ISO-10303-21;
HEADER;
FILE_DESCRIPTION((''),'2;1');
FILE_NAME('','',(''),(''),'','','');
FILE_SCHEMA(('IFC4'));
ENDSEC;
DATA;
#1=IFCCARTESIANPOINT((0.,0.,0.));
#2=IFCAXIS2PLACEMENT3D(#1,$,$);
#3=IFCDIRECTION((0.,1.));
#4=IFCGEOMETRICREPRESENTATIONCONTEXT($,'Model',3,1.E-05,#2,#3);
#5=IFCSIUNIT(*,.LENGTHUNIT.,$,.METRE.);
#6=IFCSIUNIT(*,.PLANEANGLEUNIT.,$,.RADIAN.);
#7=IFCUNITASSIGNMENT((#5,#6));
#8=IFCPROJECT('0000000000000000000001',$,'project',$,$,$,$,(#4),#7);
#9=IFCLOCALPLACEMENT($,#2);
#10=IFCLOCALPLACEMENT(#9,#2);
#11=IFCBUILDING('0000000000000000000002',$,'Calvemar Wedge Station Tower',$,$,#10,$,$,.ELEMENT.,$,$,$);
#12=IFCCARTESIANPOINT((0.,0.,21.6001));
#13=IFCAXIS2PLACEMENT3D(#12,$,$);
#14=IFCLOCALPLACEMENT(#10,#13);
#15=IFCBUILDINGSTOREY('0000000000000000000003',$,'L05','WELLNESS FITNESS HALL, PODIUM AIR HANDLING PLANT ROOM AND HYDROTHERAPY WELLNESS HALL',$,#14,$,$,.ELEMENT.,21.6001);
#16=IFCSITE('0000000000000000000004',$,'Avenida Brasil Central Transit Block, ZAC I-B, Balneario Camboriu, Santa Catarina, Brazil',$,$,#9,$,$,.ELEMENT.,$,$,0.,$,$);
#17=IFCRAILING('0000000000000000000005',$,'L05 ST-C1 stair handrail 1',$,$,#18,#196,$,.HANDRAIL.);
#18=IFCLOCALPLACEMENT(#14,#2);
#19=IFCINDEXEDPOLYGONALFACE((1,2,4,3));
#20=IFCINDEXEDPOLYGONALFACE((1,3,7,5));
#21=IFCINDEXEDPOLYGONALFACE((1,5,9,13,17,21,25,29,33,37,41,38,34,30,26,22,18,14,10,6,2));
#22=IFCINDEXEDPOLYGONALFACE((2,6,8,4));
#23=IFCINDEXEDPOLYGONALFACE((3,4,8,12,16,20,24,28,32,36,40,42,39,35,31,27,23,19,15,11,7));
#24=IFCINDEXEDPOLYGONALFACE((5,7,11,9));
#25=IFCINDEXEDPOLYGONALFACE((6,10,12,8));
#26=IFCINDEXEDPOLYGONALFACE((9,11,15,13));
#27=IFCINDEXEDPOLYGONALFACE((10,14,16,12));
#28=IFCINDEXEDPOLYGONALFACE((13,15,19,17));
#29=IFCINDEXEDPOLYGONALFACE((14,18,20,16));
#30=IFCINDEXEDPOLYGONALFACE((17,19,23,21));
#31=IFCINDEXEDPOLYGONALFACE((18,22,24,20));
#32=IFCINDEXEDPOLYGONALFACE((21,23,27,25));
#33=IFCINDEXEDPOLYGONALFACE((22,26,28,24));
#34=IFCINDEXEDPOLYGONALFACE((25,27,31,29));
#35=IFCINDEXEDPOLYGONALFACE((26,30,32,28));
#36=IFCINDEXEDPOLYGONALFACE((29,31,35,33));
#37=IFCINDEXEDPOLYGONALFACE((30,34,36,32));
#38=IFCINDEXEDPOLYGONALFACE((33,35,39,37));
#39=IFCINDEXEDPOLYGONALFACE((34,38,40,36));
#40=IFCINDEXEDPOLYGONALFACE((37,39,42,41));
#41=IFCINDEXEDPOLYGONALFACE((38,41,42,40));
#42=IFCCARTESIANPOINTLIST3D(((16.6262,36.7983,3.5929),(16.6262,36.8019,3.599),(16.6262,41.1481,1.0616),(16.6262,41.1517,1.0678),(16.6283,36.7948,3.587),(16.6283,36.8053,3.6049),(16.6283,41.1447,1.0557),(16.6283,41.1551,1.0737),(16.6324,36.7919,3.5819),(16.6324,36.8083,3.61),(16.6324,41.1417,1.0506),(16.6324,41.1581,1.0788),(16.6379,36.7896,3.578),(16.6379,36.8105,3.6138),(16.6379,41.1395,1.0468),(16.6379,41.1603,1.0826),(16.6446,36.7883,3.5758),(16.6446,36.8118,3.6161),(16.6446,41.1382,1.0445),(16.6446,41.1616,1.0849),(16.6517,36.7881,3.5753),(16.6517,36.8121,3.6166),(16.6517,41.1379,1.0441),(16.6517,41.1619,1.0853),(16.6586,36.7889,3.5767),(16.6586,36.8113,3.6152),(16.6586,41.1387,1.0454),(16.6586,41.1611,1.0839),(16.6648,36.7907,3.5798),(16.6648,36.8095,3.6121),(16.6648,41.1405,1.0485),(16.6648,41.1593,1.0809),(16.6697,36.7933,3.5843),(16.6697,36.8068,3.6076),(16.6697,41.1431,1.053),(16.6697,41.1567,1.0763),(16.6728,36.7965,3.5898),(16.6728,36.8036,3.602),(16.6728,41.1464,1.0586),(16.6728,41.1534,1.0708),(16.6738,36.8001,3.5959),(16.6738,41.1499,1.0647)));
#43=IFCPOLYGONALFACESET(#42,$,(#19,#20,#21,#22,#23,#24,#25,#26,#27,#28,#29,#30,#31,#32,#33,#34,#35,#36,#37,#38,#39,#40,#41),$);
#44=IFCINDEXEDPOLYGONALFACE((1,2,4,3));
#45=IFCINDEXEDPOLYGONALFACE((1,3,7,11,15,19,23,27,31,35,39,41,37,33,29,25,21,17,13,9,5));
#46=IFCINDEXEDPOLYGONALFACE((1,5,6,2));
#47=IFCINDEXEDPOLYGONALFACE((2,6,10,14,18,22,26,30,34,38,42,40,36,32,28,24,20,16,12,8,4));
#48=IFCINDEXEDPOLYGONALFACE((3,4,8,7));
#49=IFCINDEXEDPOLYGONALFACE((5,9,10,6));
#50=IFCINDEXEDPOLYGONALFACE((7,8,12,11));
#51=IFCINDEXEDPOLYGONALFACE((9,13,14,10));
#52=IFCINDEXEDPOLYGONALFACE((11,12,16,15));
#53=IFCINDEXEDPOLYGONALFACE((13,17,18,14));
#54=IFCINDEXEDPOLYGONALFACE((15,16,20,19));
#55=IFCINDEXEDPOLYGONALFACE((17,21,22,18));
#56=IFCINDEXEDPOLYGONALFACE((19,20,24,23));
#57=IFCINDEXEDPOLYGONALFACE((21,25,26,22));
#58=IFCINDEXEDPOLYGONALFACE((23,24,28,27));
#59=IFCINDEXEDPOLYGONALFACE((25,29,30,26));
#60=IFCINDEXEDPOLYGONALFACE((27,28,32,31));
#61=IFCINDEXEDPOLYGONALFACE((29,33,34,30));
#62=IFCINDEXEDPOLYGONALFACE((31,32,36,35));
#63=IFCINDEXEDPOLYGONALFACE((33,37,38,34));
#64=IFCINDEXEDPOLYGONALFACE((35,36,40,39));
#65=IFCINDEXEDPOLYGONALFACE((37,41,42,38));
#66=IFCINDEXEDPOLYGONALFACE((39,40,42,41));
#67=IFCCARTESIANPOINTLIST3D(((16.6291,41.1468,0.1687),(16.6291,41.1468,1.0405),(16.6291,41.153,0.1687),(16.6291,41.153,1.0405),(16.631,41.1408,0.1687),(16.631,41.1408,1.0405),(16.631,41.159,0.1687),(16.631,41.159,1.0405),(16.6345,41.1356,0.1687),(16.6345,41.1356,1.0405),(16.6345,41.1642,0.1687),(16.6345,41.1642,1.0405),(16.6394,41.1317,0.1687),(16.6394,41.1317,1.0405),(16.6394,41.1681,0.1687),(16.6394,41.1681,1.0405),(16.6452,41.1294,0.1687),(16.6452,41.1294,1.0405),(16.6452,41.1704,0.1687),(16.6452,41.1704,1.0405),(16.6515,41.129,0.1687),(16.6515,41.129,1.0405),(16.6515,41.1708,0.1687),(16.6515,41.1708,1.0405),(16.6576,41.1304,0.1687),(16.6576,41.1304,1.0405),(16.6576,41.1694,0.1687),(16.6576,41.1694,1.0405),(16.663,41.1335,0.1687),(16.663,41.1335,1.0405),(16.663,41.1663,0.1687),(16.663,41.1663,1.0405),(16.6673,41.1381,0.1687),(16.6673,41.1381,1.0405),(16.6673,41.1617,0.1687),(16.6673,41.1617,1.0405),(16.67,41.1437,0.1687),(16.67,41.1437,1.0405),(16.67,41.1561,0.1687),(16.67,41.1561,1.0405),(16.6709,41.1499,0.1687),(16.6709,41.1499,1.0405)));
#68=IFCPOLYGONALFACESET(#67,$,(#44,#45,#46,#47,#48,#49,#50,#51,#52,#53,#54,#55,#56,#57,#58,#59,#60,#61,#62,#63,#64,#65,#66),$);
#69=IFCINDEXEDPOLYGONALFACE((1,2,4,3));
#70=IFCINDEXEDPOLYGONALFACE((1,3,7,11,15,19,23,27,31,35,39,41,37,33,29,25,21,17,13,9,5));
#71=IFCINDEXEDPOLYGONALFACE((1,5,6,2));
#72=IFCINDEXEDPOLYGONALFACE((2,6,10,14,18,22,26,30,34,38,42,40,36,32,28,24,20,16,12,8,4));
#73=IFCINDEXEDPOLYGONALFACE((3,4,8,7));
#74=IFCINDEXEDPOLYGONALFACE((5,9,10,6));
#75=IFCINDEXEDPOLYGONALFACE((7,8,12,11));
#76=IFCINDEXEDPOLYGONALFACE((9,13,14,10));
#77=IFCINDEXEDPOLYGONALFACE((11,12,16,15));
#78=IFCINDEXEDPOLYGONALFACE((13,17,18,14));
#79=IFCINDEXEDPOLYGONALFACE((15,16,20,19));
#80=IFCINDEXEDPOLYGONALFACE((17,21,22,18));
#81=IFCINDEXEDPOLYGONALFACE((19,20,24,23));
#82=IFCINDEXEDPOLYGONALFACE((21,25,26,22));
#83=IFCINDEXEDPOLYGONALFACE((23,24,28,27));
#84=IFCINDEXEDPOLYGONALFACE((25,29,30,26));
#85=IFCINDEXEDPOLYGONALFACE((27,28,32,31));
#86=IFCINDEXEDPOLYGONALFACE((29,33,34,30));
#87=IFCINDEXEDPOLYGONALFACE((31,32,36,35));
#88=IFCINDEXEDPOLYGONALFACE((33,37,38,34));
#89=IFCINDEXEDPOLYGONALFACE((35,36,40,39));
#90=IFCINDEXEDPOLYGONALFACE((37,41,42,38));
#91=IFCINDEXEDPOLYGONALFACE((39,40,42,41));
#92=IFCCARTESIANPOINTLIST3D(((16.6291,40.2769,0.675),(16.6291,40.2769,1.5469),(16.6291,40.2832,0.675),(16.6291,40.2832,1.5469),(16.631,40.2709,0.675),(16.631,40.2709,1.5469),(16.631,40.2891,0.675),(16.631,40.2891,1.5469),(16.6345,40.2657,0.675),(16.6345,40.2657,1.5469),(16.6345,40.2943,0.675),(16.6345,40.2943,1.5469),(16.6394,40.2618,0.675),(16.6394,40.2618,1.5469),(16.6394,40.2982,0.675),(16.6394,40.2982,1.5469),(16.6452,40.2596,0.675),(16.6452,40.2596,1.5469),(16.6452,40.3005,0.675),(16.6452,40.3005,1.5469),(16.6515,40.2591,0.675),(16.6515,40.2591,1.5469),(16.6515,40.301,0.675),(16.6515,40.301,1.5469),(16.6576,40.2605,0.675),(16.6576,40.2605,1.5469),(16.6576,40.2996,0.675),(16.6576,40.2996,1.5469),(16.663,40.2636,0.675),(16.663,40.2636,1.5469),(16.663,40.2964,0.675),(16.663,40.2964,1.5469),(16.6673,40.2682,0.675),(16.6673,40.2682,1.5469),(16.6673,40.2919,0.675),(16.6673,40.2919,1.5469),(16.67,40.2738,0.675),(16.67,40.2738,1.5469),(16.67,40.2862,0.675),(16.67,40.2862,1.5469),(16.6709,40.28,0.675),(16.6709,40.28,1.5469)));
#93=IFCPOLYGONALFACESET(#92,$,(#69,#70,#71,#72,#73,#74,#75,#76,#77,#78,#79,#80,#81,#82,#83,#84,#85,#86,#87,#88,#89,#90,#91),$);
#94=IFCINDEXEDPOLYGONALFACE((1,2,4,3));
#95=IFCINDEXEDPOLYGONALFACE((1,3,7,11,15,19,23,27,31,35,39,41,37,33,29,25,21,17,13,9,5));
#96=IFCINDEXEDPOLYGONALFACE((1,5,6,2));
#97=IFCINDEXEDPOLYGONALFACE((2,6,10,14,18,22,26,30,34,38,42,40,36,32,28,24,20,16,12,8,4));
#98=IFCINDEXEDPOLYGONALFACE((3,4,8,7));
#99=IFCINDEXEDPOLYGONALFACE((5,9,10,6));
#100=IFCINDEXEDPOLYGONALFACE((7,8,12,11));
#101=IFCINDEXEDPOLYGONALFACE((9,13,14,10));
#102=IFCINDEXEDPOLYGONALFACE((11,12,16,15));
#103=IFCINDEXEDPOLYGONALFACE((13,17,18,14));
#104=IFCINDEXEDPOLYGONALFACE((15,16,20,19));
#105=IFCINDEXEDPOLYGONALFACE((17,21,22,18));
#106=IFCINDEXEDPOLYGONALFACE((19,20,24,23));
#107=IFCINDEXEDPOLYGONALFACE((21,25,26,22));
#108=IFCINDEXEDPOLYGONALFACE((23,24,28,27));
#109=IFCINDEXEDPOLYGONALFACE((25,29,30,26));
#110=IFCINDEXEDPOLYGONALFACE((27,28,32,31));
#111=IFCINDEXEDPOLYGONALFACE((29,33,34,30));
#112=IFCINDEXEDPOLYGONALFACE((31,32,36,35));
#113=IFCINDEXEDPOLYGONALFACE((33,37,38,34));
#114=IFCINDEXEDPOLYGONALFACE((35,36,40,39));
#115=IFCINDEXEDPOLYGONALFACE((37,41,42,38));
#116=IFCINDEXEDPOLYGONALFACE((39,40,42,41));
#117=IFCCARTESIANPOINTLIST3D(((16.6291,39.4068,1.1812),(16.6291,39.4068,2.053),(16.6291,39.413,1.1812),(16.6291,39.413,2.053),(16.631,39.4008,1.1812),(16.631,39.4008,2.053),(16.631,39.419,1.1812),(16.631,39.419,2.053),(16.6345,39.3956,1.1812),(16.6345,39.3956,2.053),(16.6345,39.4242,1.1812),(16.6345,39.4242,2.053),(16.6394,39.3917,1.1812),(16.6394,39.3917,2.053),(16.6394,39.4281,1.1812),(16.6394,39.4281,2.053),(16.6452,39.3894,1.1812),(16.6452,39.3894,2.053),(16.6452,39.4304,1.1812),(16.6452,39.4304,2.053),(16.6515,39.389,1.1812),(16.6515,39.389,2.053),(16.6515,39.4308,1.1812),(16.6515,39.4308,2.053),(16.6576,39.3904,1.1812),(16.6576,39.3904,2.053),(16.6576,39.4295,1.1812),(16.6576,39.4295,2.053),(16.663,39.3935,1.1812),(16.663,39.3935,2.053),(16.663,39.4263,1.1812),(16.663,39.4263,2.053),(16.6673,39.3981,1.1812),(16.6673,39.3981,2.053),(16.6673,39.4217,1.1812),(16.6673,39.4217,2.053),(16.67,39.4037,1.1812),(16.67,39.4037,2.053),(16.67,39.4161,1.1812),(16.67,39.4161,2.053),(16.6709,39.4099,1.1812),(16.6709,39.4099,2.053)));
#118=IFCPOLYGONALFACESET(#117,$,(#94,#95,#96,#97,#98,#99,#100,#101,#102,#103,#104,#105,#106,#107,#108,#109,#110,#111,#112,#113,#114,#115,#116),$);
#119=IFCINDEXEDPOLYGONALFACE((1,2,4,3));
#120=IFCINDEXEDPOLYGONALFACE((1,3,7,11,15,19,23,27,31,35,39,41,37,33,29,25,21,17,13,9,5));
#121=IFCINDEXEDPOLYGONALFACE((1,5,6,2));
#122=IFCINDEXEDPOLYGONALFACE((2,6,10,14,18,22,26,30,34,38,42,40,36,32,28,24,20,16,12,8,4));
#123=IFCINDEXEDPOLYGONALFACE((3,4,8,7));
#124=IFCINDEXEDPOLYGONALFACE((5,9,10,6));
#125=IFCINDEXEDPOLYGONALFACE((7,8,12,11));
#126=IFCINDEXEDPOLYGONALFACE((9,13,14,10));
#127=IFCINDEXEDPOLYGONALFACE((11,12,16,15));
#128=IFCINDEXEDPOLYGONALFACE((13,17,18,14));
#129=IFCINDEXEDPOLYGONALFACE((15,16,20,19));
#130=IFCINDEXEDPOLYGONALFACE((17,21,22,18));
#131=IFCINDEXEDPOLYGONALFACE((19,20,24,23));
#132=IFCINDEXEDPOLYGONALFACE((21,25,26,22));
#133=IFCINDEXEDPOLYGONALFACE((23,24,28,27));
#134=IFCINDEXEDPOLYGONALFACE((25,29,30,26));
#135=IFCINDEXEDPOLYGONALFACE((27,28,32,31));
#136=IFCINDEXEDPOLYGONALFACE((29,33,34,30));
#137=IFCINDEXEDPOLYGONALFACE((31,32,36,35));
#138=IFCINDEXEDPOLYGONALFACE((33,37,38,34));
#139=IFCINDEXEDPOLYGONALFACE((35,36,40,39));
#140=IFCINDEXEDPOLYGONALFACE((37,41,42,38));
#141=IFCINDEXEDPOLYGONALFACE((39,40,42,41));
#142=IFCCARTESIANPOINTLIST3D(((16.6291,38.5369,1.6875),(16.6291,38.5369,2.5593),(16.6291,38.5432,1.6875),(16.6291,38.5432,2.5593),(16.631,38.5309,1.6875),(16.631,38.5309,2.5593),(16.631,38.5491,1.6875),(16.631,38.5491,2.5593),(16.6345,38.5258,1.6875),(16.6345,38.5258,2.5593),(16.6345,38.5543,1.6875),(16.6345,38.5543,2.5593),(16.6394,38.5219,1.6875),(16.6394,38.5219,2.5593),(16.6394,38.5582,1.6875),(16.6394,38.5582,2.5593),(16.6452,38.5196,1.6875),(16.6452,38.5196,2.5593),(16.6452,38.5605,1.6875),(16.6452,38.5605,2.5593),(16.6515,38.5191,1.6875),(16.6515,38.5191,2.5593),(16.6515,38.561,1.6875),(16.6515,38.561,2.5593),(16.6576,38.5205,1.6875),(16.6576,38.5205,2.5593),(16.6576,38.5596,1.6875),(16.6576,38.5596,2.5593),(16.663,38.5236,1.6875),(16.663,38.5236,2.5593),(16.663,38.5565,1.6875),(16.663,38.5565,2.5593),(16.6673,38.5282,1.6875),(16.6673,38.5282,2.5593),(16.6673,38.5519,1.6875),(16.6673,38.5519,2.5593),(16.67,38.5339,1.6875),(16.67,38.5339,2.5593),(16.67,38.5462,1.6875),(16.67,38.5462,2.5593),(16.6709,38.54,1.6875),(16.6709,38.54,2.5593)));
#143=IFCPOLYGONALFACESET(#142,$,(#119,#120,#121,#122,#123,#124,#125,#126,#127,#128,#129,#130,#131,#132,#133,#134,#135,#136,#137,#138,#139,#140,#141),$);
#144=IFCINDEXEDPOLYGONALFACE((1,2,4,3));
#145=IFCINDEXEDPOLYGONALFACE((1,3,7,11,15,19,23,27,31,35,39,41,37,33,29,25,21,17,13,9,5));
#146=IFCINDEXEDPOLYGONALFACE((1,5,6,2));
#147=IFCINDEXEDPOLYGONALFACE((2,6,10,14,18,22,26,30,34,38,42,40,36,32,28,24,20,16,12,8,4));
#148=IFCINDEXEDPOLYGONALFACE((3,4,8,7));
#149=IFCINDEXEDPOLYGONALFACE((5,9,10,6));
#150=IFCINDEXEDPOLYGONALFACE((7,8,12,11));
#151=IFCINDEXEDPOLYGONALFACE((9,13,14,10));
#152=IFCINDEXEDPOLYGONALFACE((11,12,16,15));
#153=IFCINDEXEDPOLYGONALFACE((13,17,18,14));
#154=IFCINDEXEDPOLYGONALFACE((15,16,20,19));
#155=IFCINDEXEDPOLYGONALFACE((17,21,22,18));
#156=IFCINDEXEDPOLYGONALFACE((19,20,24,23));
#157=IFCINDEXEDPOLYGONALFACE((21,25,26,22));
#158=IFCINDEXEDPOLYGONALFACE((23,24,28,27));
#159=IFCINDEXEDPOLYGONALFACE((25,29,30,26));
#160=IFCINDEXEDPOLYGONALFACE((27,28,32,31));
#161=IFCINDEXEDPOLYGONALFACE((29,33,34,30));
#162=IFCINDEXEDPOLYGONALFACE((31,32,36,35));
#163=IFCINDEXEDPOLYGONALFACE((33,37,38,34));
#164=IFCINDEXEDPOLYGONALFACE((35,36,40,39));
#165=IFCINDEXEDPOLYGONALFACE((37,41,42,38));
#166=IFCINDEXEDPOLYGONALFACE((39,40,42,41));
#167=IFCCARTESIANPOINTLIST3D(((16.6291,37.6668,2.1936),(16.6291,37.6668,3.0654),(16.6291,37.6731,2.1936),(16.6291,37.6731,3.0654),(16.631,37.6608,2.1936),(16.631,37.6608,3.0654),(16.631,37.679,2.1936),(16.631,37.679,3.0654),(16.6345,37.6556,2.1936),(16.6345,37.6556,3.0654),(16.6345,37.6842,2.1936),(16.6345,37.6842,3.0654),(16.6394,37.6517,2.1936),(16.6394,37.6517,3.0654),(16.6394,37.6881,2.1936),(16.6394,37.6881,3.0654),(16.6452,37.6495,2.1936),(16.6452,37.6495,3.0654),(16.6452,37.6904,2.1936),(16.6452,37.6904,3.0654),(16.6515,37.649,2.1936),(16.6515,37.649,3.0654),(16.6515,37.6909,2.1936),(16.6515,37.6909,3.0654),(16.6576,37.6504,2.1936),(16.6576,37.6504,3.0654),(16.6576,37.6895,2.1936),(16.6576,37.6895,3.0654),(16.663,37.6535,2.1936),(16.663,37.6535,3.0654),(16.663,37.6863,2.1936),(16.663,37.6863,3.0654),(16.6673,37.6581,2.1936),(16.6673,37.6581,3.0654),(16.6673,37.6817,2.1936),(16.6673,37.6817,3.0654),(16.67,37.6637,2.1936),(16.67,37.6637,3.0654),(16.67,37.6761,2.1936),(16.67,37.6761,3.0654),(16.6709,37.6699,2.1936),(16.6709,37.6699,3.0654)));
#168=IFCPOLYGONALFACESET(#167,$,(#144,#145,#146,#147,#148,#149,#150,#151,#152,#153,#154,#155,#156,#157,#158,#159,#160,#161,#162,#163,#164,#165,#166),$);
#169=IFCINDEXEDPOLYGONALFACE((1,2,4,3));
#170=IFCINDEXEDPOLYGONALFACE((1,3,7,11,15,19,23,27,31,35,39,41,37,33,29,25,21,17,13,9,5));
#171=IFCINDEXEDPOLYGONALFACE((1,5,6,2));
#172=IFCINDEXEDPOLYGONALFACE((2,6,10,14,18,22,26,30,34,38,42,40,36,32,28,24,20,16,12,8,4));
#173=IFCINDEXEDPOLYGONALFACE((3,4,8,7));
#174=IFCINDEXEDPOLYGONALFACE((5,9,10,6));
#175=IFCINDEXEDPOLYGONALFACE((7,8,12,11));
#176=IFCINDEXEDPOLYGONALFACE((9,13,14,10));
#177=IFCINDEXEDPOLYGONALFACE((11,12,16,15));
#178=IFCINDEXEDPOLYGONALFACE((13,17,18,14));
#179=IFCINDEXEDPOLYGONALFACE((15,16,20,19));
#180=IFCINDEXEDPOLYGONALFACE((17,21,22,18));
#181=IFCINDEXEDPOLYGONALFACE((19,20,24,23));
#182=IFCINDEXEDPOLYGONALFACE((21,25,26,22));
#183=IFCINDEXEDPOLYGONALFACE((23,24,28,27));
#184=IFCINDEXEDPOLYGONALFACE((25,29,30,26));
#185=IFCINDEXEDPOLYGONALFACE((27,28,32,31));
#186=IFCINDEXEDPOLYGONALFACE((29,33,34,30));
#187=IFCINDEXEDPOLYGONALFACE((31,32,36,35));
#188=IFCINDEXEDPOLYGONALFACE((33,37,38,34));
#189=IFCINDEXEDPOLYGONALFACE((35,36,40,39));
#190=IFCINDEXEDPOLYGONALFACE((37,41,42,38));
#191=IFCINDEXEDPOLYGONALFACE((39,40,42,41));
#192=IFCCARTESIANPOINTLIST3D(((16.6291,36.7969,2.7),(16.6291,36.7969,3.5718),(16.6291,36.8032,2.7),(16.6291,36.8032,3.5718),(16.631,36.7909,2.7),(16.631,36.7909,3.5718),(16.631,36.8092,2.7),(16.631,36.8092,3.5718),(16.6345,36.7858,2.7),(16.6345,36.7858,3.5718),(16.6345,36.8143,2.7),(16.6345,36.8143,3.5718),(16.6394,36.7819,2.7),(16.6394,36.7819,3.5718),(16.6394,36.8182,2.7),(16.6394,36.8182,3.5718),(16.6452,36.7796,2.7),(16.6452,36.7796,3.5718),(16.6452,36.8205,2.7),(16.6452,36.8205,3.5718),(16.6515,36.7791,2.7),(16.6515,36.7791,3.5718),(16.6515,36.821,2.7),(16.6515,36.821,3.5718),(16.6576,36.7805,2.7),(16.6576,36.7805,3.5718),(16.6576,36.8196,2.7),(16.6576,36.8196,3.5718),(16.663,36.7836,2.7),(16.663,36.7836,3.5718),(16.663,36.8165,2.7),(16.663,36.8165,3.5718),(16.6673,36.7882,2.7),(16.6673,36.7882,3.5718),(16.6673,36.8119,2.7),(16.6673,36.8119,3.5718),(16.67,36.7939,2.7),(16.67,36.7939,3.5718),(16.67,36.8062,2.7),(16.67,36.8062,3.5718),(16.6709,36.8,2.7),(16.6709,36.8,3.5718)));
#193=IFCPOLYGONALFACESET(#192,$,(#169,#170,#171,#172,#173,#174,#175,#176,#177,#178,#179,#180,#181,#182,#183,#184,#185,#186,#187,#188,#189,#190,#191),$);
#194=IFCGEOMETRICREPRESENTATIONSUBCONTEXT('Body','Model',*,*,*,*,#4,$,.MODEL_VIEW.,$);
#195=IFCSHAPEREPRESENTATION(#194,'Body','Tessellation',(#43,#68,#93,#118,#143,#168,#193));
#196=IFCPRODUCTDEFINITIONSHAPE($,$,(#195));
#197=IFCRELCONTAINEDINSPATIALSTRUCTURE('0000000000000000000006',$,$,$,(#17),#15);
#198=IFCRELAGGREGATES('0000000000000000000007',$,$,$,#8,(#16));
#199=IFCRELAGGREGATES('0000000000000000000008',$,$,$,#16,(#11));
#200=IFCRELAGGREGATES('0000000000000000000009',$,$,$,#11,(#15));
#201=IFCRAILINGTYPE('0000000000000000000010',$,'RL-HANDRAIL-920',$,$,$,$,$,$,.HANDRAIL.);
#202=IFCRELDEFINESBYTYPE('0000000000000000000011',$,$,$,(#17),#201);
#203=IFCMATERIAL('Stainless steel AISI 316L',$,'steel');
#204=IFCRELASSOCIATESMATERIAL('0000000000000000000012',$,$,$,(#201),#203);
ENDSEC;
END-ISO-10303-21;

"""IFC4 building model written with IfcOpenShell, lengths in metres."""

from ifc_helpers import new_model, si_unit, direction, frame, origin, origin_2d, place, context, subcontext, project, spatial, circle, extrude, material, type_object, element, save


model = new_model("IFC4")

# Units and contexts
model_context = context("Model", 3, precision=1e-05, world=origin(), true_north=direction((0.0, 1.0)))
body_context = subcontext(model_context, "Body", "Model", "MODEL_VIEW")
ifc_project = project(units=[si_unit("LENGTHUNIT", "METRE"), si_unit("PLANEANGLEUNIT", "RADIAN")], contexts=[model_context])

# Site, building, storey
site_placement = place(None, origin())
site = spatial("IfcSite", under=ifc_project, at=site_placement, Name="Avenida Brasil Central Transit Block, ZAC I-B, Balneario Camboriu, Santa Catarina, Brazil", CompositionType="ELEMENT", RefElevation=0.0)
building_placement = place(site_placement, origin())
building = spatial("IfcBuilding", under=site, at=building_placement, Name="Calvemar Wedge Station Tower", CompositionType="ELEMENT")
storey_placement = place(building_placement, frame((0.0, 0.0, 21.6001)))
storey = spatial("IfcBuildingStorey", under=building, at=storey_placement, Name="L05", Description="WELLNESS FITNESS HALL, PODIUM AIR HANDLING PLANT ROOM AND HYDROTHERAPY WELLNESS HALL", CompositionType="ELEMENT", Elevation=21.6001)

# Railing
ifc_material_1 = material(Name="Stainless steel AISI 316L", Category="steel")
railing_type_1 = type_object("IfcRailingType", Name="RL-HANDRAIL-920", PredefinedType="HANDRAIL", material=ifc_material_1)
railing_1_placement = place(storey_placement, frame((16.6499, 41.1499, 0.1687)))
element("IfcRailing", 1, at=railing_1_placement, inside=storey, type_object=railing_type_1, Name="L05 ST-C1 stair handrail 1", PredefinedType="HANDRAIL", context=body_context, shape_type="SweptSolid", body=[
    extrude(circle(Radius=0.0239, at=origin_2d()), frame((0.0, 0.0, 0.896), z_axis=(0.0, -0.864312, 0.502957), x_axis=(1.0, 0.0, 0.0)), (0.0, 0.0, 1.0), 5.0327),
    extrude(circle(Radius=0.021, at=origin_2d()), origin(), (0.0, 0.0, 1.0), 0.8718),
    extrude(circle(Radius=0.021, at=origin_2d()), frame((0.0, -0.8699, 0.5063)), (0.0, 0.0, 1.0), 0.8718),
    extrude(circle(Radius=0.021, at=origin_2d()), frame((0.0, -1.74, 1.0125)), (0.0, 0.0, 1.0), 0.8718),
    extrude(circle(Radius=0.021, at=origin_2d()), frame((0.0, -2.6099, 1.5188)), (0.0, 0.0, 1.0), 0.8718),
    extrude(circle(Radius=0.021, at=origin_2d()), frame((0.0, -3.48, 2.0249)), (0.0, 0.0, 1.0), 0.8718),
    extrude(circle(Radius=0.021, at=origin_2d()), frame((0.0, -4.3499, 2.5312)), (0.0, 0.0, 1.0), 0.8718),
])

save(model, "model.ifc")
